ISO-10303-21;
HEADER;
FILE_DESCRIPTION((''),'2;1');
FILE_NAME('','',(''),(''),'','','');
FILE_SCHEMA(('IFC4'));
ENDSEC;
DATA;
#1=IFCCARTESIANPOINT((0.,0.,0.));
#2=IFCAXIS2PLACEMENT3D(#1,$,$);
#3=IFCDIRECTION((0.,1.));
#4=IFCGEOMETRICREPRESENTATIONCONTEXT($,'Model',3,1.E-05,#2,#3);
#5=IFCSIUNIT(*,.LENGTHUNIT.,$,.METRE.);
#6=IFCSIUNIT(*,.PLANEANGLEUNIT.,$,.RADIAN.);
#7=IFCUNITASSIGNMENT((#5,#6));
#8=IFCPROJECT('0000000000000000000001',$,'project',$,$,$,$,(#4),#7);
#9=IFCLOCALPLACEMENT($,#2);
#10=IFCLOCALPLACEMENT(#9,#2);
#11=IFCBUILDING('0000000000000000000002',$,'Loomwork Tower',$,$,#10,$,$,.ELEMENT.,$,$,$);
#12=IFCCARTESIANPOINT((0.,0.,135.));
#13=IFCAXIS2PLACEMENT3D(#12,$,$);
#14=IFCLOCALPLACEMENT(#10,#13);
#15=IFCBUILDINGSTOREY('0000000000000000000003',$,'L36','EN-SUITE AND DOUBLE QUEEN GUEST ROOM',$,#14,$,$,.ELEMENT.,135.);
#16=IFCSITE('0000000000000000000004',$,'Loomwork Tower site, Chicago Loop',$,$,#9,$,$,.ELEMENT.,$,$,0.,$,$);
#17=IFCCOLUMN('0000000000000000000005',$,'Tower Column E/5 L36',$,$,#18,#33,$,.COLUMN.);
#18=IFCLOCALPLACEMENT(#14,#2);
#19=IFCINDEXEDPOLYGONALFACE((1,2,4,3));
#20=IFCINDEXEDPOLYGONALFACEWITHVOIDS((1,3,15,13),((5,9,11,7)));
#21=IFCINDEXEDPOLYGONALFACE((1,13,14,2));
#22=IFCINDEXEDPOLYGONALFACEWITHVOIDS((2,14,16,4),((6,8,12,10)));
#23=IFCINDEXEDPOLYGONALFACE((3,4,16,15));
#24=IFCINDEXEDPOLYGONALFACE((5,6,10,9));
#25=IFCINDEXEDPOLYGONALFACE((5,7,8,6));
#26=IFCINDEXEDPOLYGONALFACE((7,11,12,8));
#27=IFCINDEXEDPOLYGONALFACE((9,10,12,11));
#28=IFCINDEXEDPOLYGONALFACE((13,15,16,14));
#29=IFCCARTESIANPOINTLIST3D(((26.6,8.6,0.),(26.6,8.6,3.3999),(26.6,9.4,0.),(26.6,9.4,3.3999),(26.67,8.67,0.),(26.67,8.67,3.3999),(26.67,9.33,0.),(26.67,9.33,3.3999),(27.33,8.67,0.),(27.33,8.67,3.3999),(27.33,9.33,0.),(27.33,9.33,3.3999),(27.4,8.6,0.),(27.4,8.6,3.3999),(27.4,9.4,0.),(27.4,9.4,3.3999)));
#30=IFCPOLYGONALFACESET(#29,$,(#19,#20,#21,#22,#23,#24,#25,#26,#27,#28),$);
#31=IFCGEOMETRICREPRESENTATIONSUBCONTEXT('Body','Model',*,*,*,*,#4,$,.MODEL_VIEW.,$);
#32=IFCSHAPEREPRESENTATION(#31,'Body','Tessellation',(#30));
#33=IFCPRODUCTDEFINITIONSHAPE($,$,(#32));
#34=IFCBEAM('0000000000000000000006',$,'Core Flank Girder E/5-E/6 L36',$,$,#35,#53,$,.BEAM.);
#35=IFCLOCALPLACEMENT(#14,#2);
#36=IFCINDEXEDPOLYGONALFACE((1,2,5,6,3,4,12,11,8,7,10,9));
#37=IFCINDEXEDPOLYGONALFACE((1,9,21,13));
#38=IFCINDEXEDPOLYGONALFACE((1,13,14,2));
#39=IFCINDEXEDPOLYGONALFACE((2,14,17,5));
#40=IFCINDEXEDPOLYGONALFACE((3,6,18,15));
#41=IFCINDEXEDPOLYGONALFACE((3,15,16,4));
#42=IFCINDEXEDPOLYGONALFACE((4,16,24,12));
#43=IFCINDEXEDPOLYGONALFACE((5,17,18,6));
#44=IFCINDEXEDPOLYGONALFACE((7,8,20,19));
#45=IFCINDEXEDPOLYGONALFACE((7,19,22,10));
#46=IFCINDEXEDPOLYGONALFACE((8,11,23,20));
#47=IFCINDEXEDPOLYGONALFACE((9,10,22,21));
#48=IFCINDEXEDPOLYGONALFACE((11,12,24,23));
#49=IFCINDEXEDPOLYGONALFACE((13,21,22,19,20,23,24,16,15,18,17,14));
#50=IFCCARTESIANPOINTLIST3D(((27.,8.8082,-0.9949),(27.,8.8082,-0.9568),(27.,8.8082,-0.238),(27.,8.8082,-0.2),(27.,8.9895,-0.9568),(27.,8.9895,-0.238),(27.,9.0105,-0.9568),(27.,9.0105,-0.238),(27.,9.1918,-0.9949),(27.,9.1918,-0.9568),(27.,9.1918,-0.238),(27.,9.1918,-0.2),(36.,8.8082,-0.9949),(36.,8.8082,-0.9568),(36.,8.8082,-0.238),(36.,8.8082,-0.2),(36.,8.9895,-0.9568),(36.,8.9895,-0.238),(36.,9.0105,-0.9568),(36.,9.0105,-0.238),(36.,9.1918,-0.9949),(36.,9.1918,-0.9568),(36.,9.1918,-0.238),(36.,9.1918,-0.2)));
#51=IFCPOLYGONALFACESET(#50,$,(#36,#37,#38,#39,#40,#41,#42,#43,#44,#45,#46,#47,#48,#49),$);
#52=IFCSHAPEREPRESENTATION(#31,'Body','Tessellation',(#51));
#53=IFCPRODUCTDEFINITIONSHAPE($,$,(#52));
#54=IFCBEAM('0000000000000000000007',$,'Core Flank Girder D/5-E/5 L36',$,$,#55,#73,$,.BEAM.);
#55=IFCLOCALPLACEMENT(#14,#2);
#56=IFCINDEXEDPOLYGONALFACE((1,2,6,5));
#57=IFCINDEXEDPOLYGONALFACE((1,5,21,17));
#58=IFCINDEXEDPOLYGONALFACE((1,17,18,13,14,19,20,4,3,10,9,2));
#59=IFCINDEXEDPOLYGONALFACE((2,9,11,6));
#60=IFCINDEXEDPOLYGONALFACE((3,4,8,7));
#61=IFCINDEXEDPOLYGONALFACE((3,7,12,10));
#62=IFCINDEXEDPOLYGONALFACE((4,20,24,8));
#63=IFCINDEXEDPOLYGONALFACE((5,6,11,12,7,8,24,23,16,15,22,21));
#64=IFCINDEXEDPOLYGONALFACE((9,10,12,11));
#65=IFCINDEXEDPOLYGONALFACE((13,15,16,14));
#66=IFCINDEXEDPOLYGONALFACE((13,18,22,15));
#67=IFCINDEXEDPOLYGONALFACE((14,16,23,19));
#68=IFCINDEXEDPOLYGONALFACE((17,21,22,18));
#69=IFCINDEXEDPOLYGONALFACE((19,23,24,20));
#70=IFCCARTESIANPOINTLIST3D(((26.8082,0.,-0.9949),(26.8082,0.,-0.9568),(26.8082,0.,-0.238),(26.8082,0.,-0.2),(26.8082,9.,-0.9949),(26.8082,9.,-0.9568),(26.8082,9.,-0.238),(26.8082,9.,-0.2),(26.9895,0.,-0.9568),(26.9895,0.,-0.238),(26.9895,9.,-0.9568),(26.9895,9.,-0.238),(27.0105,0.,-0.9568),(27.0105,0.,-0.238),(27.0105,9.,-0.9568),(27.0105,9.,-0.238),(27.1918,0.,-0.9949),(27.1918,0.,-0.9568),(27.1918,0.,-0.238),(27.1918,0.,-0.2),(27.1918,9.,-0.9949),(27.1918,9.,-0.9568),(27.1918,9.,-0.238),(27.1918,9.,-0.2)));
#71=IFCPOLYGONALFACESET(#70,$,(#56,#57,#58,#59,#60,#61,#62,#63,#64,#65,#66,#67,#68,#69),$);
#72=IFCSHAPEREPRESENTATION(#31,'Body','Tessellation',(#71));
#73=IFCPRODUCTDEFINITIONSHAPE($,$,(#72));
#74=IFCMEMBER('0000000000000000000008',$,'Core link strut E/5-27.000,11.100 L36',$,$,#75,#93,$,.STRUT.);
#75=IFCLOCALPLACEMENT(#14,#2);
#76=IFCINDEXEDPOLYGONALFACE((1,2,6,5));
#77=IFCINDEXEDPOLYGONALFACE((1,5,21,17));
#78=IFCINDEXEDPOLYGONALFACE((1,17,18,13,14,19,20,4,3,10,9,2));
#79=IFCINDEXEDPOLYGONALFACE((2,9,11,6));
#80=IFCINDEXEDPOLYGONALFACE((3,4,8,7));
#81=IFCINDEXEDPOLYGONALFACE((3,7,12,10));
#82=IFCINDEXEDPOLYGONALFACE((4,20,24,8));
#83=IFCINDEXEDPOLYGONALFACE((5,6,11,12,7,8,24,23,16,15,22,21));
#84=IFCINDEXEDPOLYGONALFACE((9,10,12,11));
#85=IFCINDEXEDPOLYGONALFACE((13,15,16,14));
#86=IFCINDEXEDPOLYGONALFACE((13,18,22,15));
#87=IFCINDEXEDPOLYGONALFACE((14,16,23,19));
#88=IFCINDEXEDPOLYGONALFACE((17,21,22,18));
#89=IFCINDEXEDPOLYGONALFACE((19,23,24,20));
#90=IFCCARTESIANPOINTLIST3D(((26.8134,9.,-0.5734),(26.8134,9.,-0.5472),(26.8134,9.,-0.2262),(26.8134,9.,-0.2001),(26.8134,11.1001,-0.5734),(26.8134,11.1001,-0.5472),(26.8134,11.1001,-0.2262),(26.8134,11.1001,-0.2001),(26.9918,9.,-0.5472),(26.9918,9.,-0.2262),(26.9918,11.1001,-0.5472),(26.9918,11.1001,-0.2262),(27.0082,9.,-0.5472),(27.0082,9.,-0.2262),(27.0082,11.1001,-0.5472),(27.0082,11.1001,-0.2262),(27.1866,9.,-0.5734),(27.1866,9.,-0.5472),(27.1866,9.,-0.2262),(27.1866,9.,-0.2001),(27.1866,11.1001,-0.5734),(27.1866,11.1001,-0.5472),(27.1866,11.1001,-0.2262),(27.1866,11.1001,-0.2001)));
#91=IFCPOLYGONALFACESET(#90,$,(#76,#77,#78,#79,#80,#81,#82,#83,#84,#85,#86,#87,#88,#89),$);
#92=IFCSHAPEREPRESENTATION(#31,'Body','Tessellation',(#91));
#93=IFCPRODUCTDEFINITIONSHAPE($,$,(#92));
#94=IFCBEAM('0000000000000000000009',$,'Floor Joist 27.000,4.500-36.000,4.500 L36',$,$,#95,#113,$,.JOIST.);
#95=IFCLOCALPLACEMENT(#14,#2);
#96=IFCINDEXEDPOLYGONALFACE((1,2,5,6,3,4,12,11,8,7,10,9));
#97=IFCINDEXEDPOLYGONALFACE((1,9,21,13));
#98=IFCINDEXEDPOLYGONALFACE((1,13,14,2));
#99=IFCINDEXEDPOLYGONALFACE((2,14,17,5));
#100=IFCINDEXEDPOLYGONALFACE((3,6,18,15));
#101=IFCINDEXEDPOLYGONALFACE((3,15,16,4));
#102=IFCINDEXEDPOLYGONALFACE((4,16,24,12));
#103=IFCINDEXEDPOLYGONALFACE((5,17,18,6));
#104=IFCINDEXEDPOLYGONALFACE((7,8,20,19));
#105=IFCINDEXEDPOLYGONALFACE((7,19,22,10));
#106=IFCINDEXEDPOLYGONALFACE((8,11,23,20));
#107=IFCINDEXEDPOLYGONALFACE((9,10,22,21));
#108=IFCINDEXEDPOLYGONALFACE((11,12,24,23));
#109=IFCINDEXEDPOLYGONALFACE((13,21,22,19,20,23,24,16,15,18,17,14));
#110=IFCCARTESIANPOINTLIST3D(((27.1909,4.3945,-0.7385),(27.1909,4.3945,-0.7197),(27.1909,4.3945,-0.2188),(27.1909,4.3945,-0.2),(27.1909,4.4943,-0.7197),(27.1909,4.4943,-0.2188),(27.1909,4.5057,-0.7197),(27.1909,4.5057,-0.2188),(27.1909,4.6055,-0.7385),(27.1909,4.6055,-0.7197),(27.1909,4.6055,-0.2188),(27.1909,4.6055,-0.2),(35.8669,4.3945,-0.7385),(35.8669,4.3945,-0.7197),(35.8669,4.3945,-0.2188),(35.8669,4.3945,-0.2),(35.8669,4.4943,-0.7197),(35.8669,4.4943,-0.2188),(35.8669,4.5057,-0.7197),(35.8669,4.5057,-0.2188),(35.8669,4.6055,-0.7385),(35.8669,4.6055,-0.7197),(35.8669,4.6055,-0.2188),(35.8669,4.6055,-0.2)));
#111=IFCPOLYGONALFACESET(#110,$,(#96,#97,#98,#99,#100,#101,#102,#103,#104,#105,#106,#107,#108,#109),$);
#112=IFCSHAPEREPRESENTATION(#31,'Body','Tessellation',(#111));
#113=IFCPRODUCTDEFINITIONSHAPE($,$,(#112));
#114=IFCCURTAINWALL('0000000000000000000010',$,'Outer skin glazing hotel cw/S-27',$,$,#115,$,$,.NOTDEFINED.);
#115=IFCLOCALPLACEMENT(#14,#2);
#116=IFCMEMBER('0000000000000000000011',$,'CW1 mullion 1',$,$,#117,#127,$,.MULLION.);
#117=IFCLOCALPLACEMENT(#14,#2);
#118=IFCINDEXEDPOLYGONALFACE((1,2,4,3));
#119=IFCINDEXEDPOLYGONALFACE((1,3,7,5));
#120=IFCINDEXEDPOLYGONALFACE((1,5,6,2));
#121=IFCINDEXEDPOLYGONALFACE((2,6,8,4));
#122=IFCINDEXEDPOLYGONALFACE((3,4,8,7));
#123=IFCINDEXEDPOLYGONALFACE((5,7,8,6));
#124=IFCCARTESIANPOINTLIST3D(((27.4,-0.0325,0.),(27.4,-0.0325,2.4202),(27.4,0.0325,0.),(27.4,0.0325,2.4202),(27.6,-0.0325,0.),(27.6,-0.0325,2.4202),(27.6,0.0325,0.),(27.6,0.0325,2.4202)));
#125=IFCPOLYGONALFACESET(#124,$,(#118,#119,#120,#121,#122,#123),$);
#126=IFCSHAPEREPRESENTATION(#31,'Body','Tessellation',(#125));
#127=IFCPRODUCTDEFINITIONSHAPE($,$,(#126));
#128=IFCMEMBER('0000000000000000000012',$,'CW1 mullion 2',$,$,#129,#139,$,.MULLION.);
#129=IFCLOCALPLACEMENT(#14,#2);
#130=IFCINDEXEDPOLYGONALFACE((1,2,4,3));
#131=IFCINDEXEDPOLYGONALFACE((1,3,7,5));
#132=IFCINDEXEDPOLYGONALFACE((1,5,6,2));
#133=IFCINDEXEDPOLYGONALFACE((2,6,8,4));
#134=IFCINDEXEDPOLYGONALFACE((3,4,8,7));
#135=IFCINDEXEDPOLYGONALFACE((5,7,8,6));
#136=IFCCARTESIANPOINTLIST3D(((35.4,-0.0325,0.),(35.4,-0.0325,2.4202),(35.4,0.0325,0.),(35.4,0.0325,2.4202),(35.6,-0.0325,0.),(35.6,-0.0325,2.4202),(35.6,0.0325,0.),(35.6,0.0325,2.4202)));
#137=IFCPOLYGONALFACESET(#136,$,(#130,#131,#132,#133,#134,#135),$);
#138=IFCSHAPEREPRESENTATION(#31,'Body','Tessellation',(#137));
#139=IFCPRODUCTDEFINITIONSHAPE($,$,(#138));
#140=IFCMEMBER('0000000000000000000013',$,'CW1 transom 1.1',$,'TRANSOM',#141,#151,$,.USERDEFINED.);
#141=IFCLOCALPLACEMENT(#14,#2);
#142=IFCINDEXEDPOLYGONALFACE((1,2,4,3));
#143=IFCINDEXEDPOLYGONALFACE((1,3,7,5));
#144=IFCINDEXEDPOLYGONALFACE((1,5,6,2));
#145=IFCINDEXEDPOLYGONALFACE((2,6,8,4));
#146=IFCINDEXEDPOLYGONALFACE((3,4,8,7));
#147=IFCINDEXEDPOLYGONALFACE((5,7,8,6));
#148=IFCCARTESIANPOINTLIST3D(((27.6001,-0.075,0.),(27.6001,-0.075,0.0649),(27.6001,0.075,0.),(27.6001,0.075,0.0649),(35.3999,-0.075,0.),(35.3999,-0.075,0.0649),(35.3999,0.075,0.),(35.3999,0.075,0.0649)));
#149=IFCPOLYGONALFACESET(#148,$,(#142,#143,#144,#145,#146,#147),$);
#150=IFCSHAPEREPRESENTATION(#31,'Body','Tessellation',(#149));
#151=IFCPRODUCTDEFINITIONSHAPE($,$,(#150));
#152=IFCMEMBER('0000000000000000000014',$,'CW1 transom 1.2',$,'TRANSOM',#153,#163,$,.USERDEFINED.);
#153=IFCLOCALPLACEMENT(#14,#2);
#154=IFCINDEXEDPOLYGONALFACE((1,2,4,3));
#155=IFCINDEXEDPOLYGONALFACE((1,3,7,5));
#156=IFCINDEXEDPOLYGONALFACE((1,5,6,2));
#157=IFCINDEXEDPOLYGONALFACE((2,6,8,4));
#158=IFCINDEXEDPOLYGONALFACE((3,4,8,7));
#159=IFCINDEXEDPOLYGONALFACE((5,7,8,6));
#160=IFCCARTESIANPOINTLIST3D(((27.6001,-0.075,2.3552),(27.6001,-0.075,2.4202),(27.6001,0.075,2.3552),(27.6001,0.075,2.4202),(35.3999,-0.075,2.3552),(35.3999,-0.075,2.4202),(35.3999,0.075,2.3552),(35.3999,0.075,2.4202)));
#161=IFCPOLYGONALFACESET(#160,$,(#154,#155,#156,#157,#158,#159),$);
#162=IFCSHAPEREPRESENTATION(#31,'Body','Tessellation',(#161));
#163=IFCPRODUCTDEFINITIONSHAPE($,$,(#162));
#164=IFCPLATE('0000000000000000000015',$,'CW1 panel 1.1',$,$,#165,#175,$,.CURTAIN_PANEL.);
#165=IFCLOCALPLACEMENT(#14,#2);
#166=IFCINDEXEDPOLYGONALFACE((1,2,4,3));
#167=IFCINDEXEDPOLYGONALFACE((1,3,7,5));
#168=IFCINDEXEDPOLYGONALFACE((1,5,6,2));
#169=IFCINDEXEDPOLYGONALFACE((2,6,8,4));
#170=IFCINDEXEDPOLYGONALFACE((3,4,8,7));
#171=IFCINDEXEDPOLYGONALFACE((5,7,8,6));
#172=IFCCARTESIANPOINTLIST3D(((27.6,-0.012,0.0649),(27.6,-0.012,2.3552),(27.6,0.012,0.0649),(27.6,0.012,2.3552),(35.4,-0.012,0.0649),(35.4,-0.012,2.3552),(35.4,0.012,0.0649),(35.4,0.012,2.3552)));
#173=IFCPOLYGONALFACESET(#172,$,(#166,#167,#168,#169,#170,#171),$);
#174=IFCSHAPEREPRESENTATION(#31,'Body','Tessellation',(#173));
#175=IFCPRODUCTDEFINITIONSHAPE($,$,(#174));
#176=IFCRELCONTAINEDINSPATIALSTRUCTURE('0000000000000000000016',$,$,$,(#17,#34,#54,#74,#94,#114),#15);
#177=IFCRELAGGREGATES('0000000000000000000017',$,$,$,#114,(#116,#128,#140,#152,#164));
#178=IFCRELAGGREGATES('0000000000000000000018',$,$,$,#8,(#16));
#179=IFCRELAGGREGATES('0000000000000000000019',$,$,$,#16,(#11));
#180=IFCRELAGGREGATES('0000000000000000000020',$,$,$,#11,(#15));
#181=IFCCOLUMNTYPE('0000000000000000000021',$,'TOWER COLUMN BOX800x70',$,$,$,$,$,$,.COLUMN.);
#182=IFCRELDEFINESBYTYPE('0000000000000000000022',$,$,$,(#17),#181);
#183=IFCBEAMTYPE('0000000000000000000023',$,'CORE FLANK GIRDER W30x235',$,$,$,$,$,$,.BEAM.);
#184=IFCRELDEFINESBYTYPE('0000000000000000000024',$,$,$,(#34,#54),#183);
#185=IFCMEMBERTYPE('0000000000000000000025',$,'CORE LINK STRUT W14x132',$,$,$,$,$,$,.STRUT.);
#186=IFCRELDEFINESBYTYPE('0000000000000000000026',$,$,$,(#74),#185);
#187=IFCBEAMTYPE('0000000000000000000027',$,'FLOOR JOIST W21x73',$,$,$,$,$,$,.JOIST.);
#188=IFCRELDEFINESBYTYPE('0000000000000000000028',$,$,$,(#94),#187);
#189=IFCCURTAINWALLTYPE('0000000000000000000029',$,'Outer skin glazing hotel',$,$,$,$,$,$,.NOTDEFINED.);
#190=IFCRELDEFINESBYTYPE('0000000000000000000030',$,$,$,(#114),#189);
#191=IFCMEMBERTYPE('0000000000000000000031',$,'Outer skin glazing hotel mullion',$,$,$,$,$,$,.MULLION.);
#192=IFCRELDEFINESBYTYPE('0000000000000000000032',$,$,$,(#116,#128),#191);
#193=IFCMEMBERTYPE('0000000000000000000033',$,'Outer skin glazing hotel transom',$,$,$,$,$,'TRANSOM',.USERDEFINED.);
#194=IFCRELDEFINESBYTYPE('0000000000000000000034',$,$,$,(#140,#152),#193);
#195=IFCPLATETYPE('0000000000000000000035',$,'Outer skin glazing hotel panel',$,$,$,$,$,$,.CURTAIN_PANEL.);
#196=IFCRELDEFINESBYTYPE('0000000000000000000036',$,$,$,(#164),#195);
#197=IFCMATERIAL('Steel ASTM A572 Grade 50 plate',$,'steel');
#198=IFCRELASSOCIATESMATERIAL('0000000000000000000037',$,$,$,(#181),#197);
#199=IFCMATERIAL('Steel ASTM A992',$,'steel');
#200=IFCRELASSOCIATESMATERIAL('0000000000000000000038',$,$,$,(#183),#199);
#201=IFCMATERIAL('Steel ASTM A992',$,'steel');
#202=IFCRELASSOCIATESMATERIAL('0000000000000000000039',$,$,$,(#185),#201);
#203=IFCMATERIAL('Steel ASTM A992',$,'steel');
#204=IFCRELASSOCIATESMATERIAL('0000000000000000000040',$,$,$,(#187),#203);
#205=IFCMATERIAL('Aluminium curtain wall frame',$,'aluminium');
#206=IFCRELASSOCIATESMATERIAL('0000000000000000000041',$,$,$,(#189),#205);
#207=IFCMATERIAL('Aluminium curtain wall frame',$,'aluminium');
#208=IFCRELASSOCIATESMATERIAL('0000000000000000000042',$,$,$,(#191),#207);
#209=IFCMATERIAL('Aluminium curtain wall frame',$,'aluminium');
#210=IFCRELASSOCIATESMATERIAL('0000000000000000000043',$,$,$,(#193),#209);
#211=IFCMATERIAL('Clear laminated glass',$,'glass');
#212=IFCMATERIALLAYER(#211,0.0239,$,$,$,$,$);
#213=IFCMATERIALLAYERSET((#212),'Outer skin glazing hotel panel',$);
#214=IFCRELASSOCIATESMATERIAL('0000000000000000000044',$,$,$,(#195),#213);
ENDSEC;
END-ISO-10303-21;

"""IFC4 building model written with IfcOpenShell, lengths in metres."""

from ifc_helpers import new_model, si_unit, direction, frame, origin, origin_2d, place, context, subcontext, project, spatial, rectangle, hollow_rectangle, i_section, extrude, material, layer, layer_set, material_profile, profile_set, type_object, element, aggregate, save


model = new_model("IFC4")

# Units and contexts
model_context = context("Model", 3, precision=1e-05, world=origin(), true_north=direction((0.0, 1.0)))
body_context = subcontext(model_context, "Body", "Model", "MODEL_VIEW")
ifc_project = project(units=[si_unit("LENGTHUNIT", "METRE"), si_unit("PLANEANGLEUNIT", "RADIAN")], contexts=[model_context])

# Site, building, storey
site_placement = place(None, origin())
site = spatial("IfcSite", under=ifc_project, at=site_placement, Name="Loomwork Tower site, Chicago Loop", CompositionType="ELEMENT", RefElevation=0.0)
building_placement = place(site_placement, origin())
building = spatial("IfcBuilding", under=site, at=building_placement, Name="Loomwork Tower", CompositionType="ELEMENT")
storey_placement = place(building_placement, frame((0.0, 0.0, 135.0)))
storey = spatial("IfcBuildingStorey", under=building, at=storey_placement, Name="L36", Description="EN-SUITE AND DOUBLE QUEEN GUEST ROOM", CompositionType="ELEMENT", Elevation=135.0)

# Column
ifc_material_1 = material(Name="Steel ASTM A572 Grade 50 plate", Category="steel")
ifc_material_profile_1 = material_profile(ifc_material_1, hollow_rectangle(XDim=0.8, YDim=0.8, WallThickness=0.0701, at=origin_2d()), Name="BOX800x70")
ifc_profile_set_1 = profile_set([ifc_material_profile_1], Name="Steel ASTM A572 Grade 50 plate")
column_type = type_object("IfcColumnType", Name="TOWER COLUMN BOX800x70", PredefinedType="COLUMN", material=ifc_profile_set_1)
column_placement = place(storey_placement, frame((27.0, 9.0, 0.0), z_axis=(0.0, 0.0, 1.0), x_axis=(1.0, 0.0, 0.0)))
element("IfcColumn", 1, at=column_placement, inside=storey, type_object=column_type, Name="Tower Column E/5 L36", PredefinedType="COLUMN", context=body_context, shape_type="SweptSolid", body=[
    extrude(hollow_rectangle(XDim=0.8, YDim=0.8, WallThickness=0.0701, at=origin_2d()), origin(), (0.0, 0.0, 1.0), 3.3999),
])

# Beams
ifc_material_2 = material(Name="Steel ASTM A992", Category="steel")
ifc_material_profile_2 = material_profile(ifc_material_2, i_section(OverallWidth=0.3835, OverallDepth=0.7949, WebThickness=0.021, FlangeThickness=0.0381, at=origin_2d()), Name="W30x235")
ifc_profile_set_2 = profile_set([ifc_material_profile_2], Name="Steel ASTM A992")
beam_type_1 = type_object("IfcBeamType", Name="CORE FLANK GIRDER W30x235", PredefinedType="BEAM", material=ifc_profile_set_2)
for number, where, z_axis, x_axis, name in (
    (2, (27.0, 9.0, -0.5974), (1.0, 0.0, 0.0), (0.0, 1.0, 0.0), "Core Flank Girder E/5-E/6 L36"),
    (3, (27.0, 0.0, -0.5974), (0.0, 1.0, 0.0), (-1.0, 0.0, 0.0), "Core Flank Girder D/5-E/5 L36"),
):
    element("IfcBeam", number, at=place(storey_placement, frame(where, z_axis=z_axis, x_axis=x_axis)), inside=storey, type_object=beam_type_1, Name=name, PredefinedType="BEAM", context=body_context, shape_type="SweptSolid", body=[
        extrude(i_section(OverallWidth=0.3835, OverallDepth=0.7949, WebThickness=0.021, FlangeThickness=0.0381, at=origin_2d()), origin(), (0.0, 0.0, 1.0), 9.0),
    ])

# Member
ifc_material_3 = material(Name="Steel ASTM A992", Category="steel")
ifc_material_profile_3 = material_profile(ifc_material_3, i_section(OverallWidth=0.3733, OverallDepth=0.3733, WebThickness=0.0164, FlangeThickness=0.0261, at=origin_2d()), Name="W14x132")
ifc_profile_set_3 = profile_set([ifc_material_profile_3], Name="Steel ASTM A992")
member_type_1 = type_object("IfcMemberType", Name="CORE LINK STRUT W14x132", PredefinedType="STRUT", material=ifc_profile_set_3)
member_1_placement = place(storey_placement, frame((27.0, 9.0, -0.3867), z_axis=(0.0, 1.0, 0.0), x_axis=(-1.0, 0.0, 0.0)))
element("IfcMember", 4, at=member_1_placement, inside=storey, type_object=member_type_1, Name="Core link strut E/5-27.000,11.100 L36", PredefinedType="STRUT", context=body_context, shape_type="SweptSolid", body=[
    extrude(i_section(OverallWidth=0.3733, OverallDepth=0.3733, WebThickness=0.0164, FlangeThickness=0.0261, at=origin_2d()), origin(), (0.0, 0.0, 1.0), 2.1001),
])

# Beam
ifc_material_4 = material(Name="Steel ASTM A992", Category="steel")
ifc_material_profile_4 = material_profile(ifc_material_4, i_section(OverallWidth=0.2109, OverallDepth=0.5386, WebThickness=0.0115, FlangeThickness=0.0188, at=origin_2d()), Name="W21x73")
ifc_profile_set_4 = profile_set([ifc_material_profile_4], Name="Steel ASTM A992")
beam_type_2 = type_object("IfcBeamType", Name="FLOOR JOIST W21x73", PredefinedType="JOIST", material=ifc_profile_set_4)
beam_placement = place(storey_placement, frame((27.1909, 4.5, -0.4692), z_axis=(1.0, 0.0, 0.0), x_axis=(0.0, 1.0, 0.0)))
element("IfcBeam", 5, at=beam_placement, inside=storey, type_object=beam_type_2, Name="Floor Joist 27.000,4.500-36.000,4.500 L36", PredefinedType="JOIST", context=body_context, shape_type="SweptSolid", body=[
    extrude(i_section(OverallWidth=0.2109, OverallDepth=0.5386, WebThickness=0.0115, FlangeThickness=0.0188, at=origin_2d()), origin(), (0.0, 0.0, 1.0), 8.676),
])

# Curtain wall, members, plate
ifc_material_5 = material(Name="Aluminium curtain wall frame", Category="aluminium")
curtain_wall_type = type_object("IfcCurtainWallType", Name="Outer skin glazing hotel", PredefinedType="NOTDEFINED", material=ifc_material_5)
curtain_wall_placement = place(storey_placement, origin())
curtain_wall = element("IfcCurtainWall", 6, at=curtain_wall_placement, inside=storey, type_object=curtain_wall_type, Name="Outer skin glazing hotel cw/S-27", PredefinedType="NOTDEFINED")
ifc_material_6 = material(Name="Aluminium curtain wall frame", Category="aluminium")
ifc_material_profile_5 = material_profile(ifc_material_6, rectangle(XDim=0.0649, YDim=0.2, at=origin_2d()), Name="AL 65x200")
ifc_profile_set_5 = profile_set([ifc_material_profile_5], Name="Aluminium curtain wall frame")
member_type_2 = type_object("IfcMemberType", Name="Outer skin glazing hotel mullion", PredefinedType="MULLION", material=ifc_profile_set_5)
member_2_placement = place(storey_placement, frame((27.5, 0.0, 0.0), z_axis=(0.0, 0.0, 1.0), x_axis=(0.0, 1.0, 0.0)))
member_2 = element("IfcMember", 7, at=member_2_placement, type_object=member_type_2, Name="CW1 mullion 1", PredefinedType="MULLION", context=body_context, shape_type="SweptSolid", body=[
    extrude(rectangle(XDim=0.0649, YDim=0.2, at=origin_2d()), origin(), (0.0, 0.0, 1.0), 2.4202),
])
member_3_placement = place(storey_placement, frame((35.5, 0.0, 0.0), z_axis=(0.0, 0.0, 1.0), x_axis=(0.0, 1.0, 0.0)))
member_3 = element("IfcMember", 8, at=member_3_placement, type_object=member_type_2, Name="CW1 mullion 2", PredefinedType="MULLION", context=body_context, shape_type="SweptSolid", body=[
    extrude(rectangle(XDim=0.0649, YDim=0.2, at=origin_2d()), origin(), (0.0, 0.0, 1.0), 2.4202),
])
ifc_material_7 = material(Name="Aluminium curtain wall frame", Category="aluminium")
ifc_material_profile_6 = material_profile(ifc_material_7, rectangle(XDim=0.1499, YDim=0.0649, at=origin_2d()), Name="AL 65x150")
ifc_profile_set_6 = profile_set([ifc_material_profile_6], Name="Aluminium curtain wall frame")
member_type_3 = type_object("IfcMemberType", Name="Outer skin glazing hotel transom", ElementType="TRANSOM", PredefinedType="USERDEFINED", material=ifc_profile_set_6)
member_4_placement = place(storey_placement, frame((27.6001, 0.0, 0.0325), z_axis=(1.0, 0.0, 0.0), x_axis=(0.0, 1.0, 0.0)))
member_4 = element("IfcMember", 9, at=member_4_placement, type_object=member_type_3, Name="CW1 transom 1.1", ObjectType="TRANSOM", PredefinedType="USERDEFINED", context=body_context, shape_type="SweptSolid", body=[
    extrude(rectangle(XDim=0.1499, YDim=0.0649, at=origin_2d()), origin(), (0.0, 0.0, 1.0), 7.7998),
])
member_5_placement = place(storey_placement, frame((27.6001, 0.0, 2.3877), z_axis=(1.0, 0.0, 0.0), x_axis=(0.0, 1.0, 0.0)))
member_5 = element("IfcMember", 10, at=member_5_placement, type_object=member_type_3, Name="CW1 transom 1.2", ObjectType="TRANSOM", PredefinedType="USERDEFINED", context=body_context, shape_type="SweptSolid", body=[
    extrude(rectangle(XDim=0.1499, YDim=0.0649, at=origin_2d()), origin(), (0.0, 0.0, 1.0), 7.7998),
])
ifc_material_8 = material(Name="Clear laminated glass", Category="glass")
ifc_layer_1 = layer(ifc_material_8, 0.0239)
ifc_layer_set_1 = layer_set([ifc_layer_1], Name="Outer skin glazing hotel panel")
plate_type = type_object("IfcPlateType", Name="Outer skin glazing hotel panel", PredefinedType="CURTAIN_PANEL", material=ifc_layer_set_1)
plate_placement = place(storey_placement, frame((31.5, 0.0, 0.0649), z_axis=(0.0, 0.0, 1.0), x_axis=(1.0, 0.0, 0.0)))
plate = element("IfcPlate", 11, at=plate_placement, type_object=plate_type, Name="CW1 panel 1.1", PredefinedType="CURTAIN_PANEL", context=body_context, shape_type="SweptSolid", body=[
    extrude(rectangle(XDim=7.8, YDim=0.0239, at=origin_2d()), origin(), (0.0, 0.0, 1.0), 2.2903),
])
aggregate(curtain_wall, [member_2, member_3, member_4, member_5, plate])

save(model, "model.ifc")
